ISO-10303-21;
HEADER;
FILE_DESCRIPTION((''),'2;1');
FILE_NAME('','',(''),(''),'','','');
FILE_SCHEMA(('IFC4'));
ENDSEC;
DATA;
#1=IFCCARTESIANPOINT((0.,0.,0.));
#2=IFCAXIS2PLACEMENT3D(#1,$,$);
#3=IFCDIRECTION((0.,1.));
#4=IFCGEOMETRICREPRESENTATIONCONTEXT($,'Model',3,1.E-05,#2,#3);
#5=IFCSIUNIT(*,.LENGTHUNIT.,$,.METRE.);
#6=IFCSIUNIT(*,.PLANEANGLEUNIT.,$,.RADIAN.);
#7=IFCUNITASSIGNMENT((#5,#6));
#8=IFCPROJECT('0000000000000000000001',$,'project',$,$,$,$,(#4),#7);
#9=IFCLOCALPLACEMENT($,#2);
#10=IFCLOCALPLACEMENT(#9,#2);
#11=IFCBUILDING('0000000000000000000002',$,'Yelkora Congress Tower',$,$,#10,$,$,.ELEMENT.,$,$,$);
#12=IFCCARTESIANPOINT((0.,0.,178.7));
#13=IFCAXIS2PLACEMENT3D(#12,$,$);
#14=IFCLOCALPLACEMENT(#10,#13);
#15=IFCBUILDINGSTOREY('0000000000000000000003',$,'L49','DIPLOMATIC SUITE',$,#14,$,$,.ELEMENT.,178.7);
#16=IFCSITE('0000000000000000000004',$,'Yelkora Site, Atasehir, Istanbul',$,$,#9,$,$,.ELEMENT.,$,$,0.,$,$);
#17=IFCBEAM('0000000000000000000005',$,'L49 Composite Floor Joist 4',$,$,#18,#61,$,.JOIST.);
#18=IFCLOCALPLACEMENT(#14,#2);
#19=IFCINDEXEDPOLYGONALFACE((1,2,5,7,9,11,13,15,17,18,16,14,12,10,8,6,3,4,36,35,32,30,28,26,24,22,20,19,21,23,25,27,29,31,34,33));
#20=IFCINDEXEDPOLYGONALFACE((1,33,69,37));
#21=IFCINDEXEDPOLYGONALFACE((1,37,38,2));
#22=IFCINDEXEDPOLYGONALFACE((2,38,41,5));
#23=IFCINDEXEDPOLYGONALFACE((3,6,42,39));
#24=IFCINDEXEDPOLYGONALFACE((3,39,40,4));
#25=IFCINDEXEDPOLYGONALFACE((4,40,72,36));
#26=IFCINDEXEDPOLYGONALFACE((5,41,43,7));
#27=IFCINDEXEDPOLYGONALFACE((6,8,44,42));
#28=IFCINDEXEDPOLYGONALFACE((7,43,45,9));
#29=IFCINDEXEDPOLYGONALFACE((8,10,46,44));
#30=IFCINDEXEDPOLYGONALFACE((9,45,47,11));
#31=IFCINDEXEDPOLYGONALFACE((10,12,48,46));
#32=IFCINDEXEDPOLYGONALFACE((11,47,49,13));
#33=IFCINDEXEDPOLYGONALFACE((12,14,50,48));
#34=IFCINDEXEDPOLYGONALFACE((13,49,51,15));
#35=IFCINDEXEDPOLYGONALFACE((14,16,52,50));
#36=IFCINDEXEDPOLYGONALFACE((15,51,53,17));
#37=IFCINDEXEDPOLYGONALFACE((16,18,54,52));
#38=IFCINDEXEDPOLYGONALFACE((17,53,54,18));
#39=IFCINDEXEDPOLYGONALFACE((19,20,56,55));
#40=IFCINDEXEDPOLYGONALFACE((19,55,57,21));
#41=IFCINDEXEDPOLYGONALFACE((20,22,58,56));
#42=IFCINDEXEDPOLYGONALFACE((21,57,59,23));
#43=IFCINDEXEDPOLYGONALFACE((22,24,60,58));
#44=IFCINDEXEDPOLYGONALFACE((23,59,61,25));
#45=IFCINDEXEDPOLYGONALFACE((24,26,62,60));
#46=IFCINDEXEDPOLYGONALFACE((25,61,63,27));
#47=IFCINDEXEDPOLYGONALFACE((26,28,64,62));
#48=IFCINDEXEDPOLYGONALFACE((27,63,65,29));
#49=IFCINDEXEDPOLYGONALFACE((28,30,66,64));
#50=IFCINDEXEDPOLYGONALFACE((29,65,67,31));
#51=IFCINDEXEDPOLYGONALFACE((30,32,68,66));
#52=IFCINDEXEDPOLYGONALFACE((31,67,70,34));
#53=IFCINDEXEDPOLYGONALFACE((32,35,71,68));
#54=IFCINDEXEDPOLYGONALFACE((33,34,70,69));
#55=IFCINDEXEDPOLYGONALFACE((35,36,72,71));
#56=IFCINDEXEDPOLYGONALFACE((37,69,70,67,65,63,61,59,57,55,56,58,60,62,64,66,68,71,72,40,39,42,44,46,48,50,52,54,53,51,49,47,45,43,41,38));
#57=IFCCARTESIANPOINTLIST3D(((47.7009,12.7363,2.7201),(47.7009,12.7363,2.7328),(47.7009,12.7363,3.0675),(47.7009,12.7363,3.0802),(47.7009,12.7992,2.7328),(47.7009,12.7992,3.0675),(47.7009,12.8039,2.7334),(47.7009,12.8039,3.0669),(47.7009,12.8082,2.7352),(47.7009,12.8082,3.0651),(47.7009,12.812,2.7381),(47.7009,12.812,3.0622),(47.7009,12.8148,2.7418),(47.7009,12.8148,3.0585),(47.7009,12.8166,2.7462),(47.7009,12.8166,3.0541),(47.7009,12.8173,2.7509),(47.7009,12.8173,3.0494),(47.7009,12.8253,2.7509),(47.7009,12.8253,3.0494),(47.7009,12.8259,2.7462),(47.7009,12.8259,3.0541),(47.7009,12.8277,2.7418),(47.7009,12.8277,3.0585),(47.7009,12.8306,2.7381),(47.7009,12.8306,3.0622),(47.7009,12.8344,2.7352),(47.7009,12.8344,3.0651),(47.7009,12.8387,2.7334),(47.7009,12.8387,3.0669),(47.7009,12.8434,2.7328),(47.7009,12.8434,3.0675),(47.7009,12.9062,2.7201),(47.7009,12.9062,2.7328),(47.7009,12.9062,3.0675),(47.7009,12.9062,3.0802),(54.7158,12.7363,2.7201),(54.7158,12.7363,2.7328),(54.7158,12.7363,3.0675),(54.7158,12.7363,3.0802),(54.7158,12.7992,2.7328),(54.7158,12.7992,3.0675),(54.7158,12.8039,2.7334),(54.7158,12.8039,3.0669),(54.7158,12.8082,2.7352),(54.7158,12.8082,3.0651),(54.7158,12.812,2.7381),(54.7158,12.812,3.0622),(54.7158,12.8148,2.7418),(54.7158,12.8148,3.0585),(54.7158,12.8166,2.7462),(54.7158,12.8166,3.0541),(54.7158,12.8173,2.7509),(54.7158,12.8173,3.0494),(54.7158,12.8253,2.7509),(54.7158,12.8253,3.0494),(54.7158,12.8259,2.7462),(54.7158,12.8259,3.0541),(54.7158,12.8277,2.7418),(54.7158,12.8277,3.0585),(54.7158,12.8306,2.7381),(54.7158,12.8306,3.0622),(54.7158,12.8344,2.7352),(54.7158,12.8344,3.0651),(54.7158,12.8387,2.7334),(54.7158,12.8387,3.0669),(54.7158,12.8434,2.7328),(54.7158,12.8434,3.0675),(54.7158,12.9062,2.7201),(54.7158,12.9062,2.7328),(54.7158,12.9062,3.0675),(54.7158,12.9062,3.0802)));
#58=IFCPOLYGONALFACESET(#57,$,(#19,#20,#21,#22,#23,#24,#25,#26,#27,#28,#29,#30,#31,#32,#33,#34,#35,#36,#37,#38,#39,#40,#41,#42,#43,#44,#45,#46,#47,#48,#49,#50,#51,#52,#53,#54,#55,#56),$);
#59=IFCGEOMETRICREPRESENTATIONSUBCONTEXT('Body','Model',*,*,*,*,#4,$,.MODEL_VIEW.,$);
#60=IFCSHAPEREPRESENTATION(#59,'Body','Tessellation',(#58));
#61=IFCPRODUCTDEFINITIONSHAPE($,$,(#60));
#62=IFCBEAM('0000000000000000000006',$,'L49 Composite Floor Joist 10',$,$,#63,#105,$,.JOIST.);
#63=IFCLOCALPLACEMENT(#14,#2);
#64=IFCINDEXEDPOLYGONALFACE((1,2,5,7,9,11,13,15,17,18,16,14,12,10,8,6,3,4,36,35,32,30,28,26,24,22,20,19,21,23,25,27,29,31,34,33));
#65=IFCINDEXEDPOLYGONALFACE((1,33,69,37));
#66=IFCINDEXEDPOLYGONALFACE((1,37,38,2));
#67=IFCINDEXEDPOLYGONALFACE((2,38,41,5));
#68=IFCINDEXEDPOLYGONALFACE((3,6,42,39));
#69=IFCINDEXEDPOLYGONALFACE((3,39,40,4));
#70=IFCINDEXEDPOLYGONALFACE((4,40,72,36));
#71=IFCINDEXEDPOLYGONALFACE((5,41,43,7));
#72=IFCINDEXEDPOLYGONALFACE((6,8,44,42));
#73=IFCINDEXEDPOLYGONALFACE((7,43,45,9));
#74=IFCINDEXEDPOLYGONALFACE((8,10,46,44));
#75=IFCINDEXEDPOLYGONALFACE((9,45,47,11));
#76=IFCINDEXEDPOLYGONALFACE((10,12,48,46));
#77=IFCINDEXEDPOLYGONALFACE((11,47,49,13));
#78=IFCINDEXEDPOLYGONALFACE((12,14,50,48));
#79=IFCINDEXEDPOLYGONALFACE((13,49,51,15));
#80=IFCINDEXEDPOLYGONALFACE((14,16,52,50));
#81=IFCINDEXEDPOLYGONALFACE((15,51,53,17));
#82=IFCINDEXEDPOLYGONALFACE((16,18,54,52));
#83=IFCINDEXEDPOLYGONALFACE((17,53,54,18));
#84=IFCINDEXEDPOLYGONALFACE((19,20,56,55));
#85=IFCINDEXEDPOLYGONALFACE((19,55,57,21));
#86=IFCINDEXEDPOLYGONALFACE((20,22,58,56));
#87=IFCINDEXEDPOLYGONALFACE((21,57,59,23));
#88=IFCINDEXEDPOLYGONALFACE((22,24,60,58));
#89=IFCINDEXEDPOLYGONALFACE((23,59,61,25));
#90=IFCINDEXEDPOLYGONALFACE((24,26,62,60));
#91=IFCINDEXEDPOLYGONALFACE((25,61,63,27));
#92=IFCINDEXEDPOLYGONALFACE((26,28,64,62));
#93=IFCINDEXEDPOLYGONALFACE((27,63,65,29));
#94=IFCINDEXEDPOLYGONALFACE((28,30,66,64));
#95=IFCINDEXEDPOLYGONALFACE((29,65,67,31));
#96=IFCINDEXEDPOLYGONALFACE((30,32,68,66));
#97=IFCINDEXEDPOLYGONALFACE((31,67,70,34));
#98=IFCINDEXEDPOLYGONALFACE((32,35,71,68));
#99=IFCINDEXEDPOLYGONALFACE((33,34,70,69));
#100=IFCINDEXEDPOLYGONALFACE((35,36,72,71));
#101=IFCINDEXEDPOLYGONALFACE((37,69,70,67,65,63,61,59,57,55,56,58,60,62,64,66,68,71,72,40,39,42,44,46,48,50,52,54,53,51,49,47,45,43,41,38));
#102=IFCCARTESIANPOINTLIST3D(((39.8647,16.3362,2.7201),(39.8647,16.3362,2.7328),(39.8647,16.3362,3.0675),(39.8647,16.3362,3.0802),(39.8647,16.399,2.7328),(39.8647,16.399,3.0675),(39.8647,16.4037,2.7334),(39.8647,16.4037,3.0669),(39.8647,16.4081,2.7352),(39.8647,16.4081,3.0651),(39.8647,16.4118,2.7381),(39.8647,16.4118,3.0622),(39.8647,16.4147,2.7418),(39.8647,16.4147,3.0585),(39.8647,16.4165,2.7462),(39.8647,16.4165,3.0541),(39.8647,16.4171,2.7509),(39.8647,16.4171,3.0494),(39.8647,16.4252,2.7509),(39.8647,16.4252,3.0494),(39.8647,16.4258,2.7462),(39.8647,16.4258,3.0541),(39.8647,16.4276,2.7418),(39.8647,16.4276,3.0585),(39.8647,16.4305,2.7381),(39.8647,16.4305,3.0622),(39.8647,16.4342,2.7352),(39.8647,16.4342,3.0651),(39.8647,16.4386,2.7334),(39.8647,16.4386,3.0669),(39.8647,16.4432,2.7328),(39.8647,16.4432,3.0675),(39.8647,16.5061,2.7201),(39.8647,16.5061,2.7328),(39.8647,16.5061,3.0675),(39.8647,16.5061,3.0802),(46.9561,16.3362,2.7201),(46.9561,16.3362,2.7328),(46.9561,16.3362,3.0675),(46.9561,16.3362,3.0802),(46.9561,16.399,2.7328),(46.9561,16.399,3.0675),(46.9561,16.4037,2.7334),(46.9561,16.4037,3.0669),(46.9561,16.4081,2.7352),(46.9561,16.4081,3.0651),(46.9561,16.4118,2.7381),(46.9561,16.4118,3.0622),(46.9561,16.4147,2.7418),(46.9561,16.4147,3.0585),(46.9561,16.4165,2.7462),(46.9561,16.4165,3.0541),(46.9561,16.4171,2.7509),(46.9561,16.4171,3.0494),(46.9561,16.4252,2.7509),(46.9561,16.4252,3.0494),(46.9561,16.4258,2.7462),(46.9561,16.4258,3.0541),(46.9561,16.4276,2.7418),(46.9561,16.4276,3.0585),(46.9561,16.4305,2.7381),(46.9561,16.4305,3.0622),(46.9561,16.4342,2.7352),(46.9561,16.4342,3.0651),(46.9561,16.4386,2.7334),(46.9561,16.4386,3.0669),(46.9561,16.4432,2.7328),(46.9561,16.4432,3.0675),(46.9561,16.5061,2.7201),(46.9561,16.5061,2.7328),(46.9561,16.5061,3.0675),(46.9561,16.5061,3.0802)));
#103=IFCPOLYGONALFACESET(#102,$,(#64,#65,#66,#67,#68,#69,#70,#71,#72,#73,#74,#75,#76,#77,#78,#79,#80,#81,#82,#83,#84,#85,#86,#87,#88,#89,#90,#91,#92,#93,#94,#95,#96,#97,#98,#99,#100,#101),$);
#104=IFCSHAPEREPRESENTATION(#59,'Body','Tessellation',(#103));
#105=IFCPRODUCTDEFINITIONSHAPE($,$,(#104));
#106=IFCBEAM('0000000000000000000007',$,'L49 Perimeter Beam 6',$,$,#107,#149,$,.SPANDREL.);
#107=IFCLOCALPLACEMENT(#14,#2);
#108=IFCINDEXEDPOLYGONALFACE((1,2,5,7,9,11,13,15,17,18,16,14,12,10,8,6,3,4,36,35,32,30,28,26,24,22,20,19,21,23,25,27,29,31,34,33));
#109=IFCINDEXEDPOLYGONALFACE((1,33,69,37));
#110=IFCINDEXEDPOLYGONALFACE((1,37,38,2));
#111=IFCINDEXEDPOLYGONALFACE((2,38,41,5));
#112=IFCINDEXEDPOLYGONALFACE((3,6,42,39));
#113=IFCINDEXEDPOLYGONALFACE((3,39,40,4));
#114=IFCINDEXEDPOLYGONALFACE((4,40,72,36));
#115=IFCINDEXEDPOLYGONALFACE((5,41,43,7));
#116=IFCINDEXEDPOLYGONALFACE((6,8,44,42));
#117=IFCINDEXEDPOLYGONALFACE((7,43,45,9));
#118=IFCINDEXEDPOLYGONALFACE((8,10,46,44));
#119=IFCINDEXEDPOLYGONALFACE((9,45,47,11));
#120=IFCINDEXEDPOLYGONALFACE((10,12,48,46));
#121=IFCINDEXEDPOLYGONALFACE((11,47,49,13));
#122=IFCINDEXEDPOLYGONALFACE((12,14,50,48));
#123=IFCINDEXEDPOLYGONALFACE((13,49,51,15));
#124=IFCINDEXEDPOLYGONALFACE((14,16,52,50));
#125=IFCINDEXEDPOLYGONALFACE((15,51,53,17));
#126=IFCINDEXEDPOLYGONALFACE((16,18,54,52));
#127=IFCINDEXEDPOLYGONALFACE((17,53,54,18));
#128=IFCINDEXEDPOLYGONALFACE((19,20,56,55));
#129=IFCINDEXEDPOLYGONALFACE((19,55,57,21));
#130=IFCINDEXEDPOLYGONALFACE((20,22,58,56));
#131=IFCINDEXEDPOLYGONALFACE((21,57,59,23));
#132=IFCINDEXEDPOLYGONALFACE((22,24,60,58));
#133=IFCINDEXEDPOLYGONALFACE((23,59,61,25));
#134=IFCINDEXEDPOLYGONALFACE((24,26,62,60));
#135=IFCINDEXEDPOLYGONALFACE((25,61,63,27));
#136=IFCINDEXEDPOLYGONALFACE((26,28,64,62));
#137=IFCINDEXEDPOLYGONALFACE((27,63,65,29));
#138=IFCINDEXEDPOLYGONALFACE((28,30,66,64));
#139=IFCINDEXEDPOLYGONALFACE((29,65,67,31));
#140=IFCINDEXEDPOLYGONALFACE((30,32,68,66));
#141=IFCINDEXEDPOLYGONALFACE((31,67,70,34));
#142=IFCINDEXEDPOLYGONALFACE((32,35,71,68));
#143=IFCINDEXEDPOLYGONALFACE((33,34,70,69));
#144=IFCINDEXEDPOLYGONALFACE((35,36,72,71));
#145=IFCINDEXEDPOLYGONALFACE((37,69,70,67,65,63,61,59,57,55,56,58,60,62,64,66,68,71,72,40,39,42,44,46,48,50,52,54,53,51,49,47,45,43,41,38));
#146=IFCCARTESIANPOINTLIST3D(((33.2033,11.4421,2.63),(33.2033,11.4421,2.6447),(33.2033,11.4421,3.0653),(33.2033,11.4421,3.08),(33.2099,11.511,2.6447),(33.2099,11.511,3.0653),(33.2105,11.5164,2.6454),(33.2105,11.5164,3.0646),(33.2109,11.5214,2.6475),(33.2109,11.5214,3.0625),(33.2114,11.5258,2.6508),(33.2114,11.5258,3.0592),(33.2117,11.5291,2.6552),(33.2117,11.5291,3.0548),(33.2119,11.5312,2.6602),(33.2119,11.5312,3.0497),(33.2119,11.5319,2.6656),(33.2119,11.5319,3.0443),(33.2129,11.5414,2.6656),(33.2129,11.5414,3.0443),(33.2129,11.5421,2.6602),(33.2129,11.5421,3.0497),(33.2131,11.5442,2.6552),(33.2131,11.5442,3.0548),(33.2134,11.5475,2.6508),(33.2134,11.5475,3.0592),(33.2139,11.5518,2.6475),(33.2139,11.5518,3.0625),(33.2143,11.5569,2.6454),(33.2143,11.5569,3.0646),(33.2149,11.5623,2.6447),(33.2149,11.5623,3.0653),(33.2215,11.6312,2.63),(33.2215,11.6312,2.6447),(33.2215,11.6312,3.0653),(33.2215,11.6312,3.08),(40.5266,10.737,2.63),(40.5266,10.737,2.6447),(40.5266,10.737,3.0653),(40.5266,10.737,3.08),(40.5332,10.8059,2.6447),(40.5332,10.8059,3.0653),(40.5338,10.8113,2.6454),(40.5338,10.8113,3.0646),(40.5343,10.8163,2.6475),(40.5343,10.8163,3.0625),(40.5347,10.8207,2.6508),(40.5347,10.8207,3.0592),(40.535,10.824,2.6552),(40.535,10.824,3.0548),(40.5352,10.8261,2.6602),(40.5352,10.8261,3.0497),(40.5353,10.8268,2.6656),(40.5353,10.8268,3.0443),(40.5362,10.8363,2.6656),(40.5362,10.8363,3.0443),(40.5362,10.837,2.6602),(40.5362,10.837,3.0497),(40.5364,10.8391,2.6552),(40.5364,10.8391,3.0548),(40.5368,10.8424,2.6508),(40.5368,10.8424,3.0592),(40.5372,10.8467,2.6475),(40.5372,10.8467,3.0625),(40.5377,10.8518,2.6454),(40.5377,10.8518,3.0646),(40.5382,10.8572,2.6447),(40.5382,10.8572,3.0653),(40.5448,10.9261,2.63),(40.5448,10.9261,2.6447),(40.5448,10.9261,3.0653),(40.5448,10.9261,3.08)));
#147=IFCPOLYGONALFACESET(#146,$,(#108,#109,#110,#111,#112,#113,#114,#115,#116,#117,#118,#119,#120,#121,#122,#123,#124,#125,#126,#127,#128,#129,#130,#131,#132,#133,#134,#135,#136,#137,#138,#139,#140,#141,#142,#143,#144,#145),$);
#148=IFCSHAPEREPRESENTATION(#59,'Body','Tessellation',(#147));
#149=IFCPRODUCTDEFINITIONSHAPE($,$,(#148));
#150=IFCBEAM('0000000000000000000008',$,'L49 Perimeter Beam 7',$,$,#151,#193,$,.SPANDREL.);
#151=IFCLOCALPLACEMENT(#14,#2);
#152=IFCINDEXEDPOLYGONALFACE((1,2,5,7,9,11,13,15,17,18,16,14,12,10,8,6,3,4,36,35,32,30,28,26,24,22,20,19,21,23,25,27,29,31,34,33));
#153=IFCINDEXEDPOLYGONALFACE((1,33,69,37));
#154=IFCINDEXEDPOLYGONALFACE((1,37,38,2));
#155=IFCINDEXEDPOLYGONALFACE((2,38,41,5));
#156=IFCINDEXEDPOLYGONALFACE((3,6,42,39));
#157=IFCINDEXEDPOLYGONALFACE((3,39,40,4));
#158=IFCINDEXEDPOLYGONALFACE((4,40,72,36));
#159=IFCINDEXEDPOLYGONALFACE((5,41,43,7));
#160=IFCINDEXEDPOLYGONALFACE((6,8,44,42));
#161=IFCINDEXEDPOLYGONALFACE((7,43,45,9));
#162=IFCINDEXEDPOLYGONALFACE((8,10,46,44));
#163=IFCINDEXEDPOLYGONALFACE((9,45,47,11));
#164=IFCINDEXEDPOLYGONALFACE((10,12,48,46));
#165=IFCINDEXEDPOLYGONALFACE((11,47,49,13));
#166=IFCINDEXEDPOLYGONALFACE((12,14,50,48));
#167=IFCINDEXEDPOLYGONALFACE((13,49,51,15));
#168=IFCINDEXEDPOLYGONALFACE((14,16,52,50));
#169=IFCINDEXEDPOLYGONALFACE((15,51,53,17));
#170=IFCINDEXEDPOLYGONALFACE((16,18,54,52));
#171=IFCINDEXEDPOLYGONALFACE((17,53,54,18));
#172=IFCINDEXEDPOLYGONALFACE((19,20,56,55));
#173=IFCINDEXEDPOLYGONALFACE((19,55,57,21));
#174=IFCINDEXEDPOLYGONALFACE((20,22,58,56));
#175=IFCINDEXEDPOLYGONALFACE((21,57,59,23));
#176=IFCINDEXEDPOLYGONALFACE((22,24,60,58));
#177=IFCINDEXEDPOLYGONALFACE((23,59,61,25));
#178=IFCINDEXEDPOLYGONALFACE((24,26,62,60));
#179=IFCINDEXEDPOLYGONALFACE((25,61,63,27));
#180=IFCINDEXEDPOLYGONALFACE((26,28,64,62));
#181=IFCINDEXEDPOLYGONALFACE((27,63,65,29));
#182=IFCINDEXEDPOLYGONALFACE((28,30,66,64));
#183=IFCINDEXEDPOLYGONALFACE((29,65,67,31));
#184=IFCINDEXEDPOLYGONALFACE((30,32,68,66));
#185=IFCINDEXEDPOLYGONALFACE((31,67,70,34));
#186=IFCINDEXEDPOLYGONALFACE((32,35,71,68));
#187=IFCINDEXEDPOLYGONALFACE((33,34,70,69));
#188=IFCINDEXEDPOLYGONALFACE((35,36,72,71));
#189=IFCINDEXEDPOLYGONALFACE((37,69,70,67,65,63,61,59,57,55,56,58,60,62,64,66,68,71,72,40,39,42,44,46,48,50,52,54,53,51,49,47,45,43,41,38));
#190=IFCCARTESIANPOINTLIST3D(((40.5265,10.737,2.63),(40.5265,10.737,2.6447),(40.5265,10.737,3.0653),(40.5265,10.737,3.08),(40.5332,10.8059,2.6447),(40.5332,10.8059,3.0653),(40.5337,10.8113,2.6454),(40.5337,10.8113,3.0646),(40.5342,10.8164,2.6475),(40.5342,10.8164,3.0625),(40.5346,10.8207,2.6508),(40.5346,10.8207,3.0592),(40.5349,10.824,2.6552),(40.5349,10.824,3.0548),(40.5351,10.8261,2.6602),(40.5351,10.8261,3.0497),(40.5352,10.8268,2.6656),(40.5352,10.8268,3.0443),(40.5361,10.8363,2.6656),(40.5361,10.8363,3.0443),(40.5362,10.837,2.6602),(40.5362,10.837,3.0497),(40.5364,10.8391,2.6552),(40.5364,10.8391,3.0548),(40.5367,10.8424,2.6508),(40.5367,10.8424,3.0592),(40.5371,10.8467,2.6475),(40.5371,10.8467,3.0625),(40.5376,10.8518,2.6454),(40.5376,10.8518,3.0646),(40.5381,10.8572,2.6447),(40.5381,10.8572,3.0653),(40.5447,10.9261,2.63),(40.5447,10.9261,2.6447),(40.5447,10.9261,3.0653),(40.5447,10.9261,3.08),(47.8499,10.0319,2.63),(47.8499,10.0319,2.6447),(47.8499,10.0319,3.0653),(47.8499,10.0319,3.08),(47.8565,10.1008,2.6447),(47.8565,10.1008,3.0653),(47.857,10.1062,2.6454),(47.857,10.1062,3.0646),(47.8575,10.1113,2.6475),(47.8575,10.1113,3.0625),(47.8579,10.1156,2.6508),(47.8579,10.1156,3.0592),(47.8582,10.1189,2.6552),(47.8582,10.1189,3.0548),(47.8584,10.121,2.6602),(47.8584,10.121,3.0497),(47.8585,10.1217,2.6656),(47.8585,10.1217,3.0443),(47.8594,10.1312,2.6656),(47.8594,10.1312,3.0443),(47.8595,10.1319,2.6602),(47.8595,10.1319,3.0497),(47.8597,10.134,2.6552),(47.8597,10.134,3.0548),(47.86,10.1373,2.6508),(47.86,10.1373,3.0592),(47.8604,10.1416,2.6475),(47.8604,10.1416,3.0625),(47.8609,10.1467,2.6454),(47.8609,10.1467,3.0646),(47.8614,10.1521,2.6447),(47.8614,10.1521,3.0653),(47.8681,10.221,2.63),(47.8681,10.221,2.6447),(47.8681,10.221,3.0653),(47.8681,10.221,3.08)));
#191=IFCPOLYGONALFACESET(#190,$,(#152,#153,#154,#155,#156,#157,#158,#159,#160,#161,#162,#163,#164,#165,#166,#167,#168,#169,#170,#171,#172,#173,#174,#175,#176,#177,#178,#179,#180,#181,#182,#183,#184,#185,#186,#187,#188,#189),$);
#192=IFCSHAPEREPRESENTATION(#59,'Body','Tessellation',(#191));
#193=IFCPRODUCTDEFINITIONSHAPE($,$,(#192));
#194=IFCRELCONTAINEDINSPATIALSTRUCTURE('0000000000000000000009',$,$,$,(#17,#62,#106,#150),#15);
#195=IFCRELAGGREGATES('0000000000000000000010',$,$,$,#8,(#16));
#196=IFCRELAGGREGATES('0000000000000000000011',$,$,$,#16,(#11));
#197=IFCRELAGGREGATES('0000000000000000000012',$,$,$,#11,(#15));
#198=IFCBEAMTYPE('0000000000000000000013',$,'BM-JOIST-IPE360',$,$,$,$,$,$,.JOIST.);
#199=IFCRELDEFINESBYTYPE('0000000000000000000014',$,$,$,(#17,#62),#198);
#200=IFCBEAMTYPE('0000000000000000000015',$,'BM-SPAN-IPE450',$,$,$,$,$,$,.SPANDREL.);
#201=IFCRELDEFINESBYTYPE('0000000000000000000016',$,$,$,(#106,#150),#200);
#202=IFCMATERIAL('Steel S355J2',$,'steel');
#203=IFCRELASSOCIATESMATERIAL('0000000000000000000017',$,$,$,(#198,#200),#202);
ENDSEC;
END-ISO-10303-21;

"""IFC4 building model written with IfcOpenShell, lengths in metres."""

from ifc_helpers import new_model, si_unit, direction, frame, origin, origin_2d, place, context, subcontext, project, spatial, i_section, extrude, material, material_profile, profile_set, type_object, element, save


model = new_model("IFC4")

# Units and contexts
model_context = context("Model", 3, precision=1e-05, world=origin(), true_north=direction((0.0, 1.0)))
body_context = subcontext(model_context, "Body", "Model", "MODEL_VIEW")
ifc_project = project(units=[si_unit("LENGTHUNIT", "METRE"), si_unit("PLANEANGLEUNIT", "RADIAN")], contexts=[model_context])

# Site, building, storey
site_placement = place(None, origin())
site = spatial("IfcSite", under=ifc_project, at=site_placement, Name="Yelkora Site, Atasehir, Istanbul", CompositionType="ELEMENT", RefElevation=0.0)
building_placement = place(site_placement, origin())
building = spatial("IfcBuilding", under=site, at=building_placement, Name="Yelkora Congress Tower", CompositionType="ELEMENT")
storey_placement = place(building_placement, frame((0.0, 0.0, 178.7)))
storey = spatial("IfcBuildingStorey", under=building, at=storey_placement, Name="L49", Description="DIPLOMATIC SUITE", CompositionType="ELEMENT", Elevation=178.7)

# Beams
ifc_material_1 = material(Name="Steel S355J2", Category="steel")
ifc_material_profile_1 = material_profile(ifc_material_1, i_section(OverallWidth=0.1699, OverallDepth=0.3601, WebThickness=0.0081, FlangeThickness=0.0127, FilletRadius=0.0181, at=origin_2d()), Name="IPE 360")
ifc_profile_set_1 = profile_set([ifc_material_profile_1], Name="Steel S355J2")
beam_type_1 = type_object("IfcBeamType", Name="BM-JOIST-IPE360", PredefinedType="JOIST", material=ifc_profile_set_1)
beam_1_placement = place(storey_placement, frame((47.7009, 12.8213, 2.9001), z_axis=(1.0, 0.0, 0.0), x_axis=(0.0, 1.0, 0.0)))
element("IfcBeam", 1, at=beam_1_placement, inside=storey, type_object=beam_type_1, Name="L49 Composite Floor Joist 4", PredefinedType="JOIST", context=body_context, shape_type="SweptSolid", body=[
    extrude(i_section(OverallWidth=0.1699, OverallDepth=0.3601, WebThickness=0.0081, FlangeThickness=0.0127, FilletRadius=0.0181, at=origin_2d()), origin(), (0.0, 0.0, 1.0), 7.0149),
])
beam_2_placement = place(storey_placement, frame((39.8647, 16.4211, 2.9001), z_axis=(1.0, 0.0, 0.0), x_axis=(0.0, 1.0, 0.0)))
element("IfcBeam", 2, at=beam_2_placement, inside=storey, type_object=beam_type_1, Name="L49 Composite Floor Joist 10", PredefinedType="JOIST", context=body_context, shape_type="SweptSolid", body=[
    extrude(i_section(OverallWidth=0.1699, OverallDepth=0.3601, WebThickness=0.0081, FlangeThickness=0.0127, FilletRadius=0.0181, at=origin_2d()), origin(), (0.0, 0.0, 1.0), 7.0913),
])
ifc_material_profile_2 = material_profile(ifc_material_1, i_section(OverallWidth=0.1899, OverallDepth=0.45, WebThickness=0.0095, FlangeThickness=0.0146, FilletRadius=0.021, at=origin_2d()), Name="IPE 450")
ifc_profile_set_2 = profile_set([ifc_material_profile_2], Name="Steel S355J2")
beam_type_2 = type_object("IfcBeamType", Name="BM-SPAN-IPE450", PredefinedType="SPANDREL", material=ifc_profile_set_2)
for number, where, z_axis, x_axis, name in (
    (3, (33.2124, 11.5366, 2.855), (0.995397, -0.095836, 0.0), (0.095836, 0.995397, 0.0), "L49 Perimeter Beam 6"),
    (4, (40.5356, 10.8315, 2.855), (0.995397, -0.095836, 0.0), (0.095836, 0.995397, 0.0), "L49 Perimeter Beam 7"),
):
    element("IfcBeam", number, at=place(storey_placement, frame(where, z_axis=z_axis, x_axis=x_axis)), inside=storey, type_object=beam_type_2, Name=name, PredefinedType="SPANDREL", context=body_context, shape_type="SweptSolid", body=[
        extrude(i_section(OverallWidth=0.1899, OverallDepth=0.45, WebThickness=0.0095, FlangeThickness=0.0146, FilletRadius=0.021, at=origin_2d()), origin(), (0.0, 0.0, 1.0), 7.3572),
    ])

save(model, "model.ifc")
